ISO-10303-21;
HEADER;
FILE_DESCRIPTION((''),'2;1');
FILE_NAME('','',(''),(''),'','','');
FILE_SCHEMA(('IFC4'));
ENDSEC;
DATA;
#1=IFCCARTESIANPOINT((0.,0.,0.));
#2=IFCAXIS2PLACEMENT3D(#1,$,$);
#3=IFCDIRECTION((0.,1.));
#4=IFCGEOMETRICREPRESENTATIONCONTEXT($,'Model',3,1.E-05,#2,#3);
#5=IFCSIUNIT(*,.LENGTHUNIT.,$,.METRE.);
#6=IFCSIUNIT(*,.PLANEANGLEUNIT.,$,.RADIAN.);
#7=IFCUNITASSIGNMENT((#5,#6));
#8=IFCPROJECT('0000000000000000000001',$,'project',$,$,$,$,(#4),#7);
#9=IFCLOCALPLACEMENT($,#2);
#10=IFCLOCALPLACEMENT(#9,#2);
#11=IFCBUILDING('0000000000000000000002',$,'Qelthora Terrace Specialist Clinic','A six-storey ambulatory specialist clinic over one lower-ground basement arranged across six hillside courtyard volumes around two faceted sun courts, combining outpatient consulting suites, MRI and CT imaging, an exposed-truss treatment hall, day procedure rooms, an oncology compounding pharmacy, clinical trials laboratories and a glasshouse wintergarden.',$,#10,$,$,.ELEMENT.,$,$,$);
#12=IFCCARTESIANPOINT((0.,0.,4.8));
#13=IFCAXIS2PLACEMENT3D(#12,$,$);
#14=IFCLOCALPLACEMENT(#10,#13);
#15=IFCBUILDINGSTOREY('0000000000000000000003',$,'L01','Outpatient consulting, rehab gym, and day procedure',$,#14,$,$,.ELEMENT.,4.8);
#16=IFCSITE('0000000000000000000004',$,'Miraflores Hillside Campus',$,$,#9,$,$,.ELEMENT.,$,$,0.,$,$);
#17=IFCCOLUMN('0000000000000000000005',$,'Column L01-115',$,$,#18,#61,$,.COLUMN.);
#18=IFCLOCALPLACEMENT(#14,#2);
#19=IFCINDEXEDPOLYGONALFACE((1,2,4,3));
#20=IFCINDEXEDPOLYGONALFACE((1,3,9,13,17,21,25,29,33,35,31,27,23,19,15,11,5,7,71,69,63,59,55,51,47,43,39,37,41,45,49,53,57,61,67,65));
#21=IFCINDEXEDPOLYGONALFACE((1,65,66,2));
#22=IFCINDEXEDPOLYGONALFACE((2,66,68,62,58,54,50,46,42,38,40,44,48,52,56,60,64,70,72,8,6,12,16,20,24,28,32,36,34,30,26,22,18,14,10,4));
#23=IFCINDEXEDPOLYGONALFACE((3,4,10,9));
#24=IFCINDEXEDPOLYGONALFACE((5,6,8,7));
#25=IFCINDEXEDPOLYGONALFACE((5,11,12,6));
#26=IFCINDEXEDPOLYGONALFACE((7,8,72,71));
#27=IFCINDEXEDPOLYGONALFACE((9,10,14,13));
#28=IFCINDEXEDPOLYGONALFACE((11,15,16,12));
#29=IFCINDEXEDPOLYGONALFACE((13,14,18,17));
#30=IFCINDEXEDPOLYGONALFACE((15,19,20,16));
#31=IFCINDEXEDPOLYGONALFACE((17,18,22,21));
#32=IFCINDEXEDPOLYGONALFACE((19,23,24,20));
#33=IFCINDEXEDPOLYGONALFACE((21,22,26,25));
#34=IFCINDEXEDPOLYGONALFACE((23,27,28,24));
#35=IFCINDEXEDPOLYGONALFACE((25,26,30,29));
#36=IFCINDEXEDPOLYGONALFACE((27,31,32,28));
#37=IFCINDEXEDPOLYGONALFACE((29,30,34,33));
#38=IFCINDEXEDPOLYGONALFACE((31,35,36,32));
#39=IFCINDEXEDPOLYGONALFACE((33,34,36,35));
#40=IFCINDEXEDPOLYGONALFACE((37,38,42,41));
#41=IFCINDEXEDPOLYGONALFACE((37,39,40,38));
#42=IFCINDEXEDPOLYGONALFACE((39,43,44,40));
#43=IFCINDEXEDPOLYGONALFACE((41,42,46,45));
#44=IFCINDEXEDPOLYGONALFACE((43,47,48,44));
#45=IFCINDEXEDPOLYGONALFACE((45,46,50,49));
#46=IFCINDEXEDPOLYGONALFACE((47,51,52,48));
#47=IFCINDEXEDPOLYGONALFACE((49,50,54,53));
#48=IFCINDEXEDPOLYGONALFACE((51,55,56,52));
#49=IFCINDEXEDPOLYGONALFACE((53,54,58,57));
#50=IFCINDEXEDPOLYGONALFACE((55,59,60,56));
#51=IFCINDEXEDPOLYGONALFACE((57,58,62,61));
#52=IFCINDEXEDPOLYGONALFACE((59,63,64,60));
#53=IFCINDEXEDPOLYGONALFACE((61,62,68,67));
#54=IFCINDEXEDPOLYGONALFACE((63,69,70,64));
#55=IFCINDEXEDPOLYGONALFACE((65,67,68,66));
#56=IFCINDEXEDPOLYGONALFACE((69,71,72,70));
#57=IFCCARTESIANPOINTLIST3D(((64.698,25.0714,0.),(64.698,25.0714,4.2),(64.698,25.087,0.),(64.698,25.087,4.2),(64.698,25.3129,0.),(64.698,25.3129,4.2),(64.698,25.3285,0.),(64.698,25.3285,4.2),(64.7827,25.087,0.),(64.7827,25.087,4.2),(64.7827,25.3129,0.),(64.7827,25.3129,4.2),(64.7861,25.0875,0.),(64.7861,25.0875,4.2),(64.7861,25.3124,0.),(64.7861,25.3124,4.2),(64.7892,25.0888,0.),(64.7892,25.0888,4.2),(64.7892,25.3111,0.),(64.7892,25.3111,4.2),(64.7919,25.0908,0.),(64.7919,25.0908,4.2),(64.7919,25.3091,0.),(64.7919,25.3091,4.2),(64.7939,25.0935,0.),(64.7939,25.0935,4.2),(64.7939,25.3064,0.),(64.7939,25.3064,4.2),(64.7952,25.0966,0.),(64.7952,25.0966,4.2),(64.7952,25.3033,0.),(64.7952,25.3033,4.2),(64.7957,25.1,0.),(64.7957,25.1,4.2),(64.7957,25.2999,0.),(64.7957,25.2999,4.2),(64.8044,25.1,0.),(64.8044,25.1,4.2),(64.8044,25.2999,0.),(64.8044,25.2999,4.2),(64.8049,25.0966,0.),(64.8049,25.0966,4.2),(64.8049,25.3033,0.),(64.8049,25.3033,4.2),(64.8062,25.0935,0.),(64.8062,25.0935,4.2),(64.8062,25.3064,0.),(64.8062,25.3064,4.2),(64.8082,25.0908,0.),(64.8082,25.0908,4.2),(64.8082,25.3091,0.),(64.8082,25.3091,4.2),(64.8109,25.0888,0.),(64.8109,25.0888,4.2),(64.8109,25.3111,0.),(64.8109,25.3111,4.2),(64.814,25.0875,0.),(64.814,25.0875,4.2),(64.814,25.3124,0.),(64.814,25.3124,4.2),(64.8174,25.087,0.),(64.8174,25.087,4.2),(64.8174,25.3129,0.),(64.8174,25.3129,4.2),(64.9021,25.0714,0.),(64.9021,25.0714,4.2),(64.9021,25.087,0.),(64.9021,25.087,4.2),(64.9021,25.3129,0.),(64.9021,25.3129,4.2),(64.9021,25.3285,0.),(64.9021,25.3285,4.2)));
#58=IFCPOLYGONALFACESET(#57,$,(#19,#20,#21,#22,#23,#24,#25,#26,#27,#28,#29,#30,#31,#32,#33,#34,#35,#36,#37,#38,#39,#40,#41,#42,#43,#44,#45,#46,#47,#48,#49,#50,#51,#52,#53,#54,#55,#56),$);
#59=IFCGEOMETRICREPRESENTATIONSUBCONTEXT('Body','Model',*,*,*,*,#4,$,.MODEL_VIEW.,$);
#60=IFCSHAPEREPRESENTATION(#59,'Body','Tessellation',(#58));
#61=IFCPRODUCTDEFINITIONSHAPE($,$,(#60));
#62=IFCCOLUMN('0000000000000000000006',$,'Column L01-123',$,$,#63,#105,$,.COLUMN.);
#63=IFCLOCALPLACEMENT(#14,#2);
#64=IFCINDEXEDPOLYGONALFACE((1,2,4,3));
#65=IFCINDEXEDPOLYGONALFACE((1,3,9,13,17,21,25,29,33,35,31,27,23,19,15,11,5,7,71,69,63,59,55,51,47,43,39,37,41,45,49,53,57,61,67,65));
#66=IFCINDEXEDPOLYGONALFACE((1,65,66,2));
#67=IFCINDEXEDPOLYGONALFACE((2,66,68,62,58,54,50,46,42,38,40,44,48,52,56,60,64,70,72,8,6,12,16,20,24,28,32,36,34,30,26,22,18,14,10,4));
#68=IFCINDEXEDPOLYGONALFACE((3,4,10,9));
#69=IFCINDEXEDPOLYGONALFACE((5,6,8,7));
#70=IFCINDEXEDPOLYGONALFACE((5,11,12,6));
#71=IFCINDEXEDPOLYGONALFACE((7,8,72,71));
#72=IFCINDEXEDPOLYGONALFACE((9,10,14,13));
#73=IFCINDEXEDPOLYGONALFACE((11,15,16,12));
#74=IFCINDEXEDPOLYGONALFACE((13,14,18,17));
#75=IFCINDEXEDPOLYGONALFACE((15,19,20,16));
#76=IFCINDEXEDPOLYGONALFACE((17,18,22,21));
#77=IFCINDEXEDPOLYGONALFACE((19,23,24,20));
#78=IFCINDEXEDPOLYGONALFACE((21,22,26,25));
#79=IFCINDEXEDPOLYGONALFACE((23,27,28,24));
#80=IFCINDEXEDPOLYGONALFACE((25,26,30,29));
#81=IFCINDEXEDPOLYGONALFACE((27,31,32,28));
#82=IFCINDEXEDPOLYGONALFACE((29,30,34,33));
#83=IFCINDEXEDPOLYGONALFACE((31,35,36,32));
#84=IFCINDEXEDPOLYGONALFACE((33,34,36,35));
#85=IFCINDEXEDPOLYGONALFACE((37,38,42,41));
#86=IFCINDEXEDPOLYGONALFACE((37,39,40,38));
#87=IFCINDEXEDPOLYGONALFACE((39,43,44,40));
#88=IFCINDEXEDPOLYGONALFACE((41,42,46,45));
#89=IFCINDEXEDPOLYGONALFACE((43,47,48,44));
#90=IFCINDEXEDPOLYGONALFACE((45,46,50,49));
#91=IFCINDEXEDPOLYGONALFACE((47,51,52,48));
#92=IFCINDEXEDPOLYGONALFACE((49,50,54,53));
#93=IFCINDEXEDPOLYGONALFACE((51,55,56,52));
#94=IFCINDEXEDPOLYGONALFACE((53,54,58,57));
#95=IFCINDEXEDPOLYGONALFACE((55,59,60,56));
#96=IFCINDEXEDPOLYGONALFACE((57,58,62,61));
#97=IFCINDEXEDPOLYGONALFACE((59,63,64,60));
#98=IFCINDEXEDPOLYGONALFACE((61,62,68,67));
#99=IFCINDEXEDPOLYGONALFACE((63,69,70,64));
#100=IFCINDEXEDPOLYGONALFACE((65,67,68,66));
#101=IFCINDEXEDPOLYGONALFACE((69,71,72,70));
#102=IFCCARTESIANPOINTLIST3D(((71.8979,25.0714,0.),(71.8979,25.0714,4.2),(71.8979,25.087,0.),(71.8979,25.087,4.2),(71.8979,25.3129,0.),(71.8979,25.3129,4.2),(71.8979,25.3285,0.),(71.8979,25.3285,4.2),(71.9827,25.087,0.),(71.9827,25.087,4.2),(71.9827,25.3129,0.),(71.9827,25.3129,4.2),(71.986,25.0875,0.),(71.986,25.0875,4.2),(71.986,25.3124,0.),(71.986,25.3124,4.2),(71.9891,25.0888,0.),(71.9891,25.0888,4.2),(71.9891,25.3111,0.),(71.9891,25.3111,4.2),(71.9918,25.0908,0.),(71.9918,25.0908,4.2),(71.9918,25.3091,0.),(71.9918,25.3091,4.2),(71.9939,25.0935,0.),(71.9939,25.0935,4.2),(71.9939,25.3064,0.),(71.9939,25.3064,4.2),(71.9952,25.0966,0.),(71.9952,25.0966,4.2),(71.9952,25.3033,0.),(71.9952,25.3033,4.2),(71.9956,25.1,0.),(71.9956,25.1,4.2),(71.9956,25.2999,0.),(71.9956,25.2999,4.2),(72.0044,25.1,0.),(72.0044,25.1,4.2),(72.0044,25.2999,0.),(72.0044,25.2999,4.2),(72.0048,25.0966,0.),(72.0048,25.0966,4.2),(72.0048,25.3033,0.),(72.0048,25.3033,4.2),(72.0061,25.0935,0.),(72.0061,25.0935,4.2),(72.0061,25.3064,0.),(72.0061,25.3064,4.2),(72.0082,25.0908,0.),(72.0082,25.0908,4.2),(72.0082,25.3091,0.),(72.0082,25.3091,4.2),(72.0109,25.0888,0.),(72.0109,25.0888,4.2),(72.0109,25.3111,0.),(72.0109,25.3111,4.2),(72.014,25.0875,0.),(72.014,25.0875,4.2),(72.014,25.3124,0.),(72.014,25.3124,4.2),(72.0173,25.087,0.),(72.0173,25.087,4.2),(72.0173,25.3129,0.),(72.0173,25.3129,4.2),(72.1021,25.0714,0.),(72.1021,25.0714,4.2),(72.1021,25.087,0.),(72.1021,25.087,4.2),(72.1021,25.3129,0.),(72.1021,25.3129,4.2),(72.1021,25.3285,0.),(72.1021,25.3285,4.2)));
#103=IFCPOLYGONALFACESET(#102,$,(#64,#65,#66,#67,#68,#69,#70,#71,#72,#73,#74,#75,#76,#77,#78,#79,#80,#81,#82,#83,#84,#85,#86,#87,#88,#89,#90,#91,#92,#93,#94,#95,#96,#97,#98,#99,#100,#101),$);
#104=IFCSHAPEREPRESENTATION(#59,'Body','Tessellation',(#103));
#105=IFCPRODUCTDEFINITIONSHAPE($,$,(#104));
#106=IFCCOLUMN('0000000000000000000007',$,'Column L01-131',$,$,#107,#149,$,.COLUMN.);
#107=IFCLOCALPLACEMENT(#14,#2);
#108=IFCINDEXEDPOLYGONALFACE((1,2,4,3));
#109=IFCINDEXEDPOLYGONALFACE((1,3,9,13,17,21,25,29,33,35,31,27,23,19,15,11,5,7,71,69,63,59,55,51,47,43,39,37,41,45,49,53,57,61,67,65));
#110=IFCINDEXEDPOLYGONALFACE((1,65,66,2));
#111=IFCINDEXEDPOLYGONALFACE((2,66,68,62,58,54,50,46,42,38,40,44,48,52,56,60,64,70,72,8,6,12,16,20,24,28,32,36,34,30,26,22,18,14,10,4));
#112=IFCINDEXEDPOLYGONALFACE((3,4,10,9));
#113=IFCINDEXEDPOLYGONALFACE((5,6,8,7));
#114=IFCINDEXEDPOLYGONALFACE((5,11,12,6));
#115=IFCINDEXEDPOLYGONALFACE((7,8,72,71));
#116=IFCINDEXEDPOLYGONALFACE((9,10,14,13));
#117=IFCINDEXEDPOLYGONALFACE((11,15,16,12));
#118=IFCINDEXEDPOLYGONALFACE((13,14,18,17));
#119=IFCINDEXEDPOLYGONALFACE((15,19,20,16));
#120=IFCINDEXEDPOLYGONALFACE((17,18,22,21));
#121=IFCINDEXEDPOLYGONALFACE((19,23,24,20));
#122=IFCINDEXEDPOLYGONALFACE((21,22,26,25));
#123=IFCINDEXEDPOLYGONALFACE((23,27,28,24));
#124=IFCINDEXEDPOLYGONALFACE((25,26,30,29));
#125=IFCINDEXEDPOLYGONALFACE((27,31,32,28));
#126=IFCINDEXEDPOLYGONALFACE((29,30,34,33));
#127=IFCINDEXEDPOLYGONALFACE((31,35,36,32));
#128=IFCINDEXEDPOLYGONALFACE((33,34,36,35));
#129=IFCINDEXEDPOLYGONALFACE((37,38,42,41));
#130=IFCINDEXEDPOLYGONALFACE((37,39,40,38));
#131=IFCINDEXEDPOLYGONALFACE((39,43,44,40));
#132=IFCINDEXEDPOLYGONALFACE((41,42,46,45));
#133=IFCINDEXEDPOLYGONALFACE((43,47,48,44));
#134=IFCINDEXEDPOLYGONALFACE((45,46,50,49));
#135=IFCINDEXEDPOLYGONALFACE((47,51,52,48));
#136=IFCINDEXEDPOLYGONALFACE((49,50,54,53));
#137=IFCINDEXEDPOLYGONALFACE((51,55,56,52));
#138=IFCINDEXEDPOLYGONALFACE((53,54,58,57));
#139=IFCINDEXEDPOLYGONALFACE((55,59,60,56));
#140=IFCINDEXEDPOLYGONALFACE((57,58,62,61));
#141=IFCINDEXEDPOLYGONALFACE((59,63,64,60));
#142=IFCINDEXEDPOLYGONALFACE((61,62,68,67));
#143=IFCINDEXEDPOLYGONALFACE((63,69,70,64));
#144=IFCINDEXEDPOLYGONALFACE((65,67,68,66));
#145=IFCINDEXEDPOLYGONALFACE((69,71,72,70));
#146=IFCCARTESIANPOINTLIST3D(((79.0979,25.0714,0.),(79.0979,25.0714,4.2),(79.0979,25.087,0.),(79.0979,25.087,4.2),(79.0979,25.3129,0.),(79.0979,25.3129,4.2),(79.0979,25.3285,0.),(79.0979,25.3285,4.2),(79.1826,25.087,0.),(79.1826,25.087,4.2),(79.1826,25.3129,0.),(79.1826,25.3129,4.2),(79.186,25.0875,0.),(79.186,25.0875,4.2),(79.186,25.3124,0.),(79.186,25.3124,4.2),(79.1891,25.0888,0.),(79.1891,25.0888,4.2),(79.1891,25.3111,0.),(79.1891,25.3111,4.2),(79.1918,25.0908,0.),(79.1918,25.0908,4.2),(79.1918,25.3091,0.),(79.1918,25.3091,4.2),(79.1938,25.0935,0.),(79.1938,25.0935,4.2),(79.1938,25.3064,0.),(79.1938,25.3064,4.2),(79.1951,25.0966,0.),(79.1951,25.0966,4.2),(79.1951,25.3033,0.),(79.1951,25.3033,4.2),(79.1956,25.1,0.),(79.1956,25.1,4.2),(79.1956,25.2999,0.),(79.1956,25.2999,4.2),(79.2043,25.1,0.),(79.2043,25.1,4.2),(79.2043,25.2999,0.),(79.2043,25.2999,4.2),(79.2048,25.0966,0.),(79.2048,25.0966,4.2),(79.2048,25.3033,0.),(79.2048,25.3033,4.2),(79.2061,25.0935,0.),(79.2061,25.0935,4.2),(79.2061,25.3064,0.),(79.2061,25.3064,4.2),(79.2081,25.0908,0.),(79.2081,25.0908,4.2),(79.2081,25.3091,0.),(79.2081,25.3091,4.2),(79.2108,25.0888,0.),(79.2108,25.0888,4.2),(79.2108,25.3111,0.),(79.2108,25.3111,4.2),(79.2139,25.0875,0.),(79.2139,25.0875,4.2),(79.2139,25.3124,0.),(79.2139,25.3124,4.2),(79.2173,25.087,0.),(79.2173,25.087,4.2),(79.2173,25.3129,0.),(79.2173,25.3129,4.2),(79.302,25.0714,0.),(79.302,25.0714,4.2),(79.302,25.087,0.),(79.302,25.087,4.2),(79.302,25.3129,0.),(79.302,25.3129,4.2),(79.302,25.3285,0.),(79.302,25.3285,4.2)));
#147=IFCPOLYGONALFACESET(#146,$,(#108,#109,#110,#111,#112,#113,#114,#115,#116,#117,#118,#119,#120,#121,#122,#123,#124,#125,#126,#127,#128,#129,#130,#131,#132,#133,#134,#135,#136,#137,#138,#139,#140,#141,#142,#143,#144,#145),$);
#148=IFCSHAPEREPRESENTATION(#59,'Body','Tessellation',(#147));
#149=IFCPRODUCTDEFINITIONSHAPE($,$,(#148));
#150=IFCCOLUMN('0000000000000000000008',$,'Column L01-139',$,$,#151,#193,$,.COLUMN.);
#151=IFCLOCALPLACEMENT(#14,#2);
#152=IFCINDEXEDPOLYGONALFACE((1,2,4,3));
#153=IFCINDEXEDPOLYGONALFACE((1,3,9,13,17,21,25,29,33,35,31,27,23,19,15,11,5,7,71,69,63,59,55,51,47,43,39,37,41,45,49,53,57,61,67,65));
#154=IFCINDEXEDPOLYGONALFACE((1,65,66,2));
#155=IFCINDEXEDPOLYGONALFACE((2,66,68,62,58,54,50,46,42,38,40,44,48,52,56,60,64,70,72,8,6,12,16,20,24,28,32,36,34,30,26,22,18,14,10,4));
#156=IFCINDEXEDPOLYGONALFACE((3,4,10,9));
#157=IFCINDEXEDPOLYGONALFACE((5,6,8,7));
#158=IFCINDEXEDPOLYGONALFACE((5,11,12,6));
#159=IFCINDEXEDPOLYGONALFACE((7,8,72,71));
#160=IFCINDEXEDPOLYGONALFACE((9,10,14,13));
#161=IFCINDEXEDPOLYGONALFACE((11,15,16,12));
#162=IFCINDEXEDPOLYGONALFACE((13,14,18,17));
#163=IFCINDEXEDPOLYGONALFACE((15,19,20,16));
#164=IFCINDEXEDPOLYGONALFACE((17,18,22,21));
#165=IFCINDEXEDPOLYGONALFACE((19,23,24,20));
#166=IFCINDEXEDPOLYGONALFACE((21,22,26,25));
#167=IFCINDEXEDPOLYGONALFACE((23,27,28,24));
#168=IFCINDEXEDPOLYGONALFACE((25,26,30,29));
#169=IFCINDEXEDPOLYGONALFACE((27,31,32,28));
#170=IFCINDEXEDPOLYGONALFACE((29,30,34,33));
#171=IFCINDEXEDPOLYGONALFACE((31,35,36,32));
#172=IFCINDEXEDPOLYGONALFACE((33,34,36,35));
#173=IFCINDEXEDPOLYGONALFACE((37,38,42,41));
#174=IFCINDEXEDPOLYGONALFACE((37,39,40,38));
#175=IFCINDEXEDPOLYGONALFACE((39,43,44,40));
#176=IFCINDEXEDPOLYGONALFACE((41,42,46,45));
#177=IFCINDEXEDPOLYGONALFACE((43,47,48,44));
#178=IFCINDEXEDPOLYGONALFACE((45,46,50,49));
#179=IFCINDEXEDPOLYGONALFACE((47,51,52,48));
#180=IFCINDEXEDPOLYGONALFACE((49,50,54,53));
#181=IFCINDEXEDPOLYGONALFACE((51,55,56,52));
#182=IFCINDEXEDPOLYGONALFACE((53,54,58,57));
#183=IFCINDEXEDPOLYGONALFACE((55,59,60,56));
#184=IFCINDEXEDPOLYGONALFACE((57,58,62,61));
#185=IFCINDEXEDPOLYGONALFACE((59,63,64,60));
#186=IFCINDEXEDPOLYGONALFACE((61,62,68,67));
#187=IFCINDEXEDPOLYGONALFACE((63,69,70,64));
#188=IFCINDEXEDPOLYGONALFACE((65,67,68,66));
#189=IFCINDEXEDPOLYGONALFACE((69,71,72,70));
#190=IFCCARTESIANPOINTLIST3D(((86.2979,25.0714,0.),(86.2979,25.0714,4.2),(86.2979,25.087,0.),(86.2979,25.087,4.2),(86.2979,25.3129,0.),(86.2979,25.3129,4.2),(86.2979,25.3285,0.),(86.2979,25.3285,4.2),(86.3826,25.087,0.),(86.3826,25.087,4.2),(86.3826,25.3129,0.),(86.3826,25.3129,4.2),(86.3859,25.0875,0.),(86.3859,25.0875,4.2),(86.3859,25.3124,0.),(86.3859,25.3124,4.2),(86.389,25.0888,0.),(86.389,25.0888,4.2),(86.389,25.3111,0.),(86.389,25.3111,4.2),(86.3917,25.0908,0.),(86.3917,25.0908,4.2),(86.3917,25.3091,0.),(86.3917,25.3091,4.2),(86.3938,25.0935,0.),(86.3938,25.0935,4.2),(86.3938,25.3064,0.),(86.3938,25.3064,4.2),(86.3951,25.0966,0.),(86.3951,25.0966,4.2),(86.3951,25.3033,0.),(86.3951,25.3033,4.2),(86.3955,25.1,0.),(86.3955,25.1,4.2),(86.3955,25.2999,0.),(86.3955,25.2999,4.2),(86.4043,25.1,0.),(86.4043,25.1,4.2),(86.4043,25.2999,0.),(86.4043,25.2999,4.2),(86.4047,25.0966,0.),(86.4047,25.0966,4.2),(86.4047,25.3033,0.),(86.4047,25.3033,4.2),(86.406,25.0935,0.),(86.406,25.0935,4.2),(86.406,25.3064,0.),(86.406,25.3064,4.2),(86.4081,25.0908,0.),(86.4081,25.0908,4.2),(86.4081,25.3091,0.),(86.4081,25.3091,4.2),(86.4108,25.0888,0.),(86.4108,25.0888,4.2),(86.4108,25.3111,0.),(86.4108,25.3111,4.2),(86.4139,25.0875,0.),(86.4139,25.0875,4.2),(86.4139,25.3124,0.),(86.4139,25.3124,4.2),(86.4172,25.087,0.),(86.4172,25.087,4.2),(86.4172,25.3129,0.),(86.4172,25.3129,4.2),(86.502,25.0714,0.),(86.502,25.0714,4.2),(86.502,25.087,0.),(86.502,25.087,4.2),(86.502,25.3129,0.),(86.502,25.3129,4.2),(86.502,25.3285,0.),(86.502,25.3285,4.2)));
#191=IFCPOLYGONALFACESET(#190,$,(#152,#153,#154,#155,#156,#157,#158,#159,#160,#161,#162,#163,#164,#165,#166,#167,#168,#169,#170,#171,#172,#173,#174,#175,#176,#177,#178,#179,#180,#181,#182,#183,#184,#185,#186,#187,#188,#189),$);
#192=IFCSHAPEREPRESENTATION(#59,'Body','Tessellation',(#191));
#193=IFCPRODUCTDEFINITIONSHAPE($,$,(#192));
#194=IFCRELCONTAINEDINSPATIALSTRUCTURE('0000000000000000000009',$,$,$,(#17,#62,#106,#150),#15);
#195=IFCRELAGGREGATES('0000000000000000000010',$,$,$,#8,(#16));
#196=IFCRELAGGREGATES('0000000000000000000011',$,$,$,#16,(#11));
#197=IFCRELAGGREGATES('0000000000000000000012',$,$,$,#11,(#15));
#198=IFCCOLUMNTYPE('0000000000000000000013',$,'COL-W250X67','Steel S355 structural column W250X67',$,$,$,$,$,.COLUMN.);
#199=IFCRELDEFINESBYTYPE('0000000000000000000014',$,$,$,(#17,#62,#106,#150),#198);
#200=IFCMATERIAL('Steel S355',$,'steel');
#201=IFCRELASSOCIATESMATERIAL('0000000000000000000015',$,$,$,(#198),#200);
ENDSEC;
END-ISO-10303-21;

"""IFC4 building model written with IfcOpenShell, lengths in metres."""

from ifc_helpers import new_model, si_unit, direction, frame, origin, origin_2d, place, context, subcontext, project, spatial, i_section, extrude, material, material_profile, profile_set, type_object, element, save


model = new_model("IFC4")

# Units and contexts
model_context = context("Model", 3, precision=1e-05, world=origin(), true_north=direction((0.0, 1.0)))
body_context = subcontext(model_context, "Body", "Model", "MODEL_VIEW")
ifc_project = project(units=[si_unit("LENGTHUNIT", "METRE"), si_unit("PLANEANGLEUNIT", "RADIAN")], contexts=[model_context])

# Site, building, storey
site_placement = place(None, origin())
site = spatial("IfcSite", under=ifc_project, at=site_placement, Name="Miraflores Hillside Campus", CompositionType="ELEMENT", RefElevation=0.0)
building_placement = place(site_placement, origin())
building = spatial("IfcBuilding", under=site, at=building_placement, Name="Qelthora Terrace Specialist Clinic", Description="A six-storey ambulatory specialist clinic over one lower-ground basement arranged across six hillside courtyard volumes around two faceted sun courts, combining outpatient consulting suites, MRI and CT imaging, an exposed-truss treatment hall, day procedure rooms, an oncology compounding pharmacy, clinical trials laboratories and a glasshouse wintergarden.", CompositionType="ELEMENT")
storey_placement = place(building_placement, frame((0.0, 0.0, 4.8)))
storey = spatial("IfcBuildingStorey", under=building, at=storey_placement, Name="L01", Description="Outpatient consulting, rehab gym, and day procedure", CompositionType="ELEMENT", Elevation=4.8)

# Columns
ifc_material_1 = material(Name="Steel S355", Category="steel")
ifc_material_profile_1 = material_profile(ifc_material_1, i_section(OverallWidth=0.2041, OverallDepth=0.2571, WebThickness=0.0088, FlangeThickness=0.0156, FilletRadius=0.0129, at=origin_2d()), Name="W250X67")
ifc_profile_set_1 = profile_set([ifc_material_profile_1], Name="Steel S355")
column_type_1 = type_object("IfcColumnType", Name="COL-W250X67", Description="Steel S355 structural column W250X67", PredefinedType="COLUMN", material=ifc_profile_set_1)
for number, where, z_axis, x_axis, name in (
    (1, (64.8, 25.2, 0.0), (0.0, 0.0, 1.0), (1.0, 0.0, 0.0), "Column L01-115"),
    (2, (72.0, 25.2, 0.0), (0.0, 0.0, 1.0), (1.0, 0.0, 0.0), "Column L01-123"),
    (3, (79.2, 25.2, 0.0), (0.0, 0.0, 1.0), (1.0, 0.0, 0.0), "Column L01-131"),
    (4, (86.3999, 25.2, 0.0), (0.0, 0.0, 1.0), (1.0, 0.0, 0.0), "Column L01-139"),
):
    element("IfcColumn", number, at=place(storey_placement, frame(where, z_axis=z_axis, x_axis=x_axis)), inside=storey, type_object=column_type_1, Name=name, PredefinedType="COLUMN", context=body_context, shape_type="SweptSolid", body=[
        extrude(i_section(OverallWidth=0.2041, OverallDepth=0.2571, WebThickness=0.0088, FlangeThickness=0.0156, FilletRadius=0.0129, at=origin_2d()), origin(), (0.0, 0.0, 1.0), 4.2),
    ])

save(model, "model.ifc")
